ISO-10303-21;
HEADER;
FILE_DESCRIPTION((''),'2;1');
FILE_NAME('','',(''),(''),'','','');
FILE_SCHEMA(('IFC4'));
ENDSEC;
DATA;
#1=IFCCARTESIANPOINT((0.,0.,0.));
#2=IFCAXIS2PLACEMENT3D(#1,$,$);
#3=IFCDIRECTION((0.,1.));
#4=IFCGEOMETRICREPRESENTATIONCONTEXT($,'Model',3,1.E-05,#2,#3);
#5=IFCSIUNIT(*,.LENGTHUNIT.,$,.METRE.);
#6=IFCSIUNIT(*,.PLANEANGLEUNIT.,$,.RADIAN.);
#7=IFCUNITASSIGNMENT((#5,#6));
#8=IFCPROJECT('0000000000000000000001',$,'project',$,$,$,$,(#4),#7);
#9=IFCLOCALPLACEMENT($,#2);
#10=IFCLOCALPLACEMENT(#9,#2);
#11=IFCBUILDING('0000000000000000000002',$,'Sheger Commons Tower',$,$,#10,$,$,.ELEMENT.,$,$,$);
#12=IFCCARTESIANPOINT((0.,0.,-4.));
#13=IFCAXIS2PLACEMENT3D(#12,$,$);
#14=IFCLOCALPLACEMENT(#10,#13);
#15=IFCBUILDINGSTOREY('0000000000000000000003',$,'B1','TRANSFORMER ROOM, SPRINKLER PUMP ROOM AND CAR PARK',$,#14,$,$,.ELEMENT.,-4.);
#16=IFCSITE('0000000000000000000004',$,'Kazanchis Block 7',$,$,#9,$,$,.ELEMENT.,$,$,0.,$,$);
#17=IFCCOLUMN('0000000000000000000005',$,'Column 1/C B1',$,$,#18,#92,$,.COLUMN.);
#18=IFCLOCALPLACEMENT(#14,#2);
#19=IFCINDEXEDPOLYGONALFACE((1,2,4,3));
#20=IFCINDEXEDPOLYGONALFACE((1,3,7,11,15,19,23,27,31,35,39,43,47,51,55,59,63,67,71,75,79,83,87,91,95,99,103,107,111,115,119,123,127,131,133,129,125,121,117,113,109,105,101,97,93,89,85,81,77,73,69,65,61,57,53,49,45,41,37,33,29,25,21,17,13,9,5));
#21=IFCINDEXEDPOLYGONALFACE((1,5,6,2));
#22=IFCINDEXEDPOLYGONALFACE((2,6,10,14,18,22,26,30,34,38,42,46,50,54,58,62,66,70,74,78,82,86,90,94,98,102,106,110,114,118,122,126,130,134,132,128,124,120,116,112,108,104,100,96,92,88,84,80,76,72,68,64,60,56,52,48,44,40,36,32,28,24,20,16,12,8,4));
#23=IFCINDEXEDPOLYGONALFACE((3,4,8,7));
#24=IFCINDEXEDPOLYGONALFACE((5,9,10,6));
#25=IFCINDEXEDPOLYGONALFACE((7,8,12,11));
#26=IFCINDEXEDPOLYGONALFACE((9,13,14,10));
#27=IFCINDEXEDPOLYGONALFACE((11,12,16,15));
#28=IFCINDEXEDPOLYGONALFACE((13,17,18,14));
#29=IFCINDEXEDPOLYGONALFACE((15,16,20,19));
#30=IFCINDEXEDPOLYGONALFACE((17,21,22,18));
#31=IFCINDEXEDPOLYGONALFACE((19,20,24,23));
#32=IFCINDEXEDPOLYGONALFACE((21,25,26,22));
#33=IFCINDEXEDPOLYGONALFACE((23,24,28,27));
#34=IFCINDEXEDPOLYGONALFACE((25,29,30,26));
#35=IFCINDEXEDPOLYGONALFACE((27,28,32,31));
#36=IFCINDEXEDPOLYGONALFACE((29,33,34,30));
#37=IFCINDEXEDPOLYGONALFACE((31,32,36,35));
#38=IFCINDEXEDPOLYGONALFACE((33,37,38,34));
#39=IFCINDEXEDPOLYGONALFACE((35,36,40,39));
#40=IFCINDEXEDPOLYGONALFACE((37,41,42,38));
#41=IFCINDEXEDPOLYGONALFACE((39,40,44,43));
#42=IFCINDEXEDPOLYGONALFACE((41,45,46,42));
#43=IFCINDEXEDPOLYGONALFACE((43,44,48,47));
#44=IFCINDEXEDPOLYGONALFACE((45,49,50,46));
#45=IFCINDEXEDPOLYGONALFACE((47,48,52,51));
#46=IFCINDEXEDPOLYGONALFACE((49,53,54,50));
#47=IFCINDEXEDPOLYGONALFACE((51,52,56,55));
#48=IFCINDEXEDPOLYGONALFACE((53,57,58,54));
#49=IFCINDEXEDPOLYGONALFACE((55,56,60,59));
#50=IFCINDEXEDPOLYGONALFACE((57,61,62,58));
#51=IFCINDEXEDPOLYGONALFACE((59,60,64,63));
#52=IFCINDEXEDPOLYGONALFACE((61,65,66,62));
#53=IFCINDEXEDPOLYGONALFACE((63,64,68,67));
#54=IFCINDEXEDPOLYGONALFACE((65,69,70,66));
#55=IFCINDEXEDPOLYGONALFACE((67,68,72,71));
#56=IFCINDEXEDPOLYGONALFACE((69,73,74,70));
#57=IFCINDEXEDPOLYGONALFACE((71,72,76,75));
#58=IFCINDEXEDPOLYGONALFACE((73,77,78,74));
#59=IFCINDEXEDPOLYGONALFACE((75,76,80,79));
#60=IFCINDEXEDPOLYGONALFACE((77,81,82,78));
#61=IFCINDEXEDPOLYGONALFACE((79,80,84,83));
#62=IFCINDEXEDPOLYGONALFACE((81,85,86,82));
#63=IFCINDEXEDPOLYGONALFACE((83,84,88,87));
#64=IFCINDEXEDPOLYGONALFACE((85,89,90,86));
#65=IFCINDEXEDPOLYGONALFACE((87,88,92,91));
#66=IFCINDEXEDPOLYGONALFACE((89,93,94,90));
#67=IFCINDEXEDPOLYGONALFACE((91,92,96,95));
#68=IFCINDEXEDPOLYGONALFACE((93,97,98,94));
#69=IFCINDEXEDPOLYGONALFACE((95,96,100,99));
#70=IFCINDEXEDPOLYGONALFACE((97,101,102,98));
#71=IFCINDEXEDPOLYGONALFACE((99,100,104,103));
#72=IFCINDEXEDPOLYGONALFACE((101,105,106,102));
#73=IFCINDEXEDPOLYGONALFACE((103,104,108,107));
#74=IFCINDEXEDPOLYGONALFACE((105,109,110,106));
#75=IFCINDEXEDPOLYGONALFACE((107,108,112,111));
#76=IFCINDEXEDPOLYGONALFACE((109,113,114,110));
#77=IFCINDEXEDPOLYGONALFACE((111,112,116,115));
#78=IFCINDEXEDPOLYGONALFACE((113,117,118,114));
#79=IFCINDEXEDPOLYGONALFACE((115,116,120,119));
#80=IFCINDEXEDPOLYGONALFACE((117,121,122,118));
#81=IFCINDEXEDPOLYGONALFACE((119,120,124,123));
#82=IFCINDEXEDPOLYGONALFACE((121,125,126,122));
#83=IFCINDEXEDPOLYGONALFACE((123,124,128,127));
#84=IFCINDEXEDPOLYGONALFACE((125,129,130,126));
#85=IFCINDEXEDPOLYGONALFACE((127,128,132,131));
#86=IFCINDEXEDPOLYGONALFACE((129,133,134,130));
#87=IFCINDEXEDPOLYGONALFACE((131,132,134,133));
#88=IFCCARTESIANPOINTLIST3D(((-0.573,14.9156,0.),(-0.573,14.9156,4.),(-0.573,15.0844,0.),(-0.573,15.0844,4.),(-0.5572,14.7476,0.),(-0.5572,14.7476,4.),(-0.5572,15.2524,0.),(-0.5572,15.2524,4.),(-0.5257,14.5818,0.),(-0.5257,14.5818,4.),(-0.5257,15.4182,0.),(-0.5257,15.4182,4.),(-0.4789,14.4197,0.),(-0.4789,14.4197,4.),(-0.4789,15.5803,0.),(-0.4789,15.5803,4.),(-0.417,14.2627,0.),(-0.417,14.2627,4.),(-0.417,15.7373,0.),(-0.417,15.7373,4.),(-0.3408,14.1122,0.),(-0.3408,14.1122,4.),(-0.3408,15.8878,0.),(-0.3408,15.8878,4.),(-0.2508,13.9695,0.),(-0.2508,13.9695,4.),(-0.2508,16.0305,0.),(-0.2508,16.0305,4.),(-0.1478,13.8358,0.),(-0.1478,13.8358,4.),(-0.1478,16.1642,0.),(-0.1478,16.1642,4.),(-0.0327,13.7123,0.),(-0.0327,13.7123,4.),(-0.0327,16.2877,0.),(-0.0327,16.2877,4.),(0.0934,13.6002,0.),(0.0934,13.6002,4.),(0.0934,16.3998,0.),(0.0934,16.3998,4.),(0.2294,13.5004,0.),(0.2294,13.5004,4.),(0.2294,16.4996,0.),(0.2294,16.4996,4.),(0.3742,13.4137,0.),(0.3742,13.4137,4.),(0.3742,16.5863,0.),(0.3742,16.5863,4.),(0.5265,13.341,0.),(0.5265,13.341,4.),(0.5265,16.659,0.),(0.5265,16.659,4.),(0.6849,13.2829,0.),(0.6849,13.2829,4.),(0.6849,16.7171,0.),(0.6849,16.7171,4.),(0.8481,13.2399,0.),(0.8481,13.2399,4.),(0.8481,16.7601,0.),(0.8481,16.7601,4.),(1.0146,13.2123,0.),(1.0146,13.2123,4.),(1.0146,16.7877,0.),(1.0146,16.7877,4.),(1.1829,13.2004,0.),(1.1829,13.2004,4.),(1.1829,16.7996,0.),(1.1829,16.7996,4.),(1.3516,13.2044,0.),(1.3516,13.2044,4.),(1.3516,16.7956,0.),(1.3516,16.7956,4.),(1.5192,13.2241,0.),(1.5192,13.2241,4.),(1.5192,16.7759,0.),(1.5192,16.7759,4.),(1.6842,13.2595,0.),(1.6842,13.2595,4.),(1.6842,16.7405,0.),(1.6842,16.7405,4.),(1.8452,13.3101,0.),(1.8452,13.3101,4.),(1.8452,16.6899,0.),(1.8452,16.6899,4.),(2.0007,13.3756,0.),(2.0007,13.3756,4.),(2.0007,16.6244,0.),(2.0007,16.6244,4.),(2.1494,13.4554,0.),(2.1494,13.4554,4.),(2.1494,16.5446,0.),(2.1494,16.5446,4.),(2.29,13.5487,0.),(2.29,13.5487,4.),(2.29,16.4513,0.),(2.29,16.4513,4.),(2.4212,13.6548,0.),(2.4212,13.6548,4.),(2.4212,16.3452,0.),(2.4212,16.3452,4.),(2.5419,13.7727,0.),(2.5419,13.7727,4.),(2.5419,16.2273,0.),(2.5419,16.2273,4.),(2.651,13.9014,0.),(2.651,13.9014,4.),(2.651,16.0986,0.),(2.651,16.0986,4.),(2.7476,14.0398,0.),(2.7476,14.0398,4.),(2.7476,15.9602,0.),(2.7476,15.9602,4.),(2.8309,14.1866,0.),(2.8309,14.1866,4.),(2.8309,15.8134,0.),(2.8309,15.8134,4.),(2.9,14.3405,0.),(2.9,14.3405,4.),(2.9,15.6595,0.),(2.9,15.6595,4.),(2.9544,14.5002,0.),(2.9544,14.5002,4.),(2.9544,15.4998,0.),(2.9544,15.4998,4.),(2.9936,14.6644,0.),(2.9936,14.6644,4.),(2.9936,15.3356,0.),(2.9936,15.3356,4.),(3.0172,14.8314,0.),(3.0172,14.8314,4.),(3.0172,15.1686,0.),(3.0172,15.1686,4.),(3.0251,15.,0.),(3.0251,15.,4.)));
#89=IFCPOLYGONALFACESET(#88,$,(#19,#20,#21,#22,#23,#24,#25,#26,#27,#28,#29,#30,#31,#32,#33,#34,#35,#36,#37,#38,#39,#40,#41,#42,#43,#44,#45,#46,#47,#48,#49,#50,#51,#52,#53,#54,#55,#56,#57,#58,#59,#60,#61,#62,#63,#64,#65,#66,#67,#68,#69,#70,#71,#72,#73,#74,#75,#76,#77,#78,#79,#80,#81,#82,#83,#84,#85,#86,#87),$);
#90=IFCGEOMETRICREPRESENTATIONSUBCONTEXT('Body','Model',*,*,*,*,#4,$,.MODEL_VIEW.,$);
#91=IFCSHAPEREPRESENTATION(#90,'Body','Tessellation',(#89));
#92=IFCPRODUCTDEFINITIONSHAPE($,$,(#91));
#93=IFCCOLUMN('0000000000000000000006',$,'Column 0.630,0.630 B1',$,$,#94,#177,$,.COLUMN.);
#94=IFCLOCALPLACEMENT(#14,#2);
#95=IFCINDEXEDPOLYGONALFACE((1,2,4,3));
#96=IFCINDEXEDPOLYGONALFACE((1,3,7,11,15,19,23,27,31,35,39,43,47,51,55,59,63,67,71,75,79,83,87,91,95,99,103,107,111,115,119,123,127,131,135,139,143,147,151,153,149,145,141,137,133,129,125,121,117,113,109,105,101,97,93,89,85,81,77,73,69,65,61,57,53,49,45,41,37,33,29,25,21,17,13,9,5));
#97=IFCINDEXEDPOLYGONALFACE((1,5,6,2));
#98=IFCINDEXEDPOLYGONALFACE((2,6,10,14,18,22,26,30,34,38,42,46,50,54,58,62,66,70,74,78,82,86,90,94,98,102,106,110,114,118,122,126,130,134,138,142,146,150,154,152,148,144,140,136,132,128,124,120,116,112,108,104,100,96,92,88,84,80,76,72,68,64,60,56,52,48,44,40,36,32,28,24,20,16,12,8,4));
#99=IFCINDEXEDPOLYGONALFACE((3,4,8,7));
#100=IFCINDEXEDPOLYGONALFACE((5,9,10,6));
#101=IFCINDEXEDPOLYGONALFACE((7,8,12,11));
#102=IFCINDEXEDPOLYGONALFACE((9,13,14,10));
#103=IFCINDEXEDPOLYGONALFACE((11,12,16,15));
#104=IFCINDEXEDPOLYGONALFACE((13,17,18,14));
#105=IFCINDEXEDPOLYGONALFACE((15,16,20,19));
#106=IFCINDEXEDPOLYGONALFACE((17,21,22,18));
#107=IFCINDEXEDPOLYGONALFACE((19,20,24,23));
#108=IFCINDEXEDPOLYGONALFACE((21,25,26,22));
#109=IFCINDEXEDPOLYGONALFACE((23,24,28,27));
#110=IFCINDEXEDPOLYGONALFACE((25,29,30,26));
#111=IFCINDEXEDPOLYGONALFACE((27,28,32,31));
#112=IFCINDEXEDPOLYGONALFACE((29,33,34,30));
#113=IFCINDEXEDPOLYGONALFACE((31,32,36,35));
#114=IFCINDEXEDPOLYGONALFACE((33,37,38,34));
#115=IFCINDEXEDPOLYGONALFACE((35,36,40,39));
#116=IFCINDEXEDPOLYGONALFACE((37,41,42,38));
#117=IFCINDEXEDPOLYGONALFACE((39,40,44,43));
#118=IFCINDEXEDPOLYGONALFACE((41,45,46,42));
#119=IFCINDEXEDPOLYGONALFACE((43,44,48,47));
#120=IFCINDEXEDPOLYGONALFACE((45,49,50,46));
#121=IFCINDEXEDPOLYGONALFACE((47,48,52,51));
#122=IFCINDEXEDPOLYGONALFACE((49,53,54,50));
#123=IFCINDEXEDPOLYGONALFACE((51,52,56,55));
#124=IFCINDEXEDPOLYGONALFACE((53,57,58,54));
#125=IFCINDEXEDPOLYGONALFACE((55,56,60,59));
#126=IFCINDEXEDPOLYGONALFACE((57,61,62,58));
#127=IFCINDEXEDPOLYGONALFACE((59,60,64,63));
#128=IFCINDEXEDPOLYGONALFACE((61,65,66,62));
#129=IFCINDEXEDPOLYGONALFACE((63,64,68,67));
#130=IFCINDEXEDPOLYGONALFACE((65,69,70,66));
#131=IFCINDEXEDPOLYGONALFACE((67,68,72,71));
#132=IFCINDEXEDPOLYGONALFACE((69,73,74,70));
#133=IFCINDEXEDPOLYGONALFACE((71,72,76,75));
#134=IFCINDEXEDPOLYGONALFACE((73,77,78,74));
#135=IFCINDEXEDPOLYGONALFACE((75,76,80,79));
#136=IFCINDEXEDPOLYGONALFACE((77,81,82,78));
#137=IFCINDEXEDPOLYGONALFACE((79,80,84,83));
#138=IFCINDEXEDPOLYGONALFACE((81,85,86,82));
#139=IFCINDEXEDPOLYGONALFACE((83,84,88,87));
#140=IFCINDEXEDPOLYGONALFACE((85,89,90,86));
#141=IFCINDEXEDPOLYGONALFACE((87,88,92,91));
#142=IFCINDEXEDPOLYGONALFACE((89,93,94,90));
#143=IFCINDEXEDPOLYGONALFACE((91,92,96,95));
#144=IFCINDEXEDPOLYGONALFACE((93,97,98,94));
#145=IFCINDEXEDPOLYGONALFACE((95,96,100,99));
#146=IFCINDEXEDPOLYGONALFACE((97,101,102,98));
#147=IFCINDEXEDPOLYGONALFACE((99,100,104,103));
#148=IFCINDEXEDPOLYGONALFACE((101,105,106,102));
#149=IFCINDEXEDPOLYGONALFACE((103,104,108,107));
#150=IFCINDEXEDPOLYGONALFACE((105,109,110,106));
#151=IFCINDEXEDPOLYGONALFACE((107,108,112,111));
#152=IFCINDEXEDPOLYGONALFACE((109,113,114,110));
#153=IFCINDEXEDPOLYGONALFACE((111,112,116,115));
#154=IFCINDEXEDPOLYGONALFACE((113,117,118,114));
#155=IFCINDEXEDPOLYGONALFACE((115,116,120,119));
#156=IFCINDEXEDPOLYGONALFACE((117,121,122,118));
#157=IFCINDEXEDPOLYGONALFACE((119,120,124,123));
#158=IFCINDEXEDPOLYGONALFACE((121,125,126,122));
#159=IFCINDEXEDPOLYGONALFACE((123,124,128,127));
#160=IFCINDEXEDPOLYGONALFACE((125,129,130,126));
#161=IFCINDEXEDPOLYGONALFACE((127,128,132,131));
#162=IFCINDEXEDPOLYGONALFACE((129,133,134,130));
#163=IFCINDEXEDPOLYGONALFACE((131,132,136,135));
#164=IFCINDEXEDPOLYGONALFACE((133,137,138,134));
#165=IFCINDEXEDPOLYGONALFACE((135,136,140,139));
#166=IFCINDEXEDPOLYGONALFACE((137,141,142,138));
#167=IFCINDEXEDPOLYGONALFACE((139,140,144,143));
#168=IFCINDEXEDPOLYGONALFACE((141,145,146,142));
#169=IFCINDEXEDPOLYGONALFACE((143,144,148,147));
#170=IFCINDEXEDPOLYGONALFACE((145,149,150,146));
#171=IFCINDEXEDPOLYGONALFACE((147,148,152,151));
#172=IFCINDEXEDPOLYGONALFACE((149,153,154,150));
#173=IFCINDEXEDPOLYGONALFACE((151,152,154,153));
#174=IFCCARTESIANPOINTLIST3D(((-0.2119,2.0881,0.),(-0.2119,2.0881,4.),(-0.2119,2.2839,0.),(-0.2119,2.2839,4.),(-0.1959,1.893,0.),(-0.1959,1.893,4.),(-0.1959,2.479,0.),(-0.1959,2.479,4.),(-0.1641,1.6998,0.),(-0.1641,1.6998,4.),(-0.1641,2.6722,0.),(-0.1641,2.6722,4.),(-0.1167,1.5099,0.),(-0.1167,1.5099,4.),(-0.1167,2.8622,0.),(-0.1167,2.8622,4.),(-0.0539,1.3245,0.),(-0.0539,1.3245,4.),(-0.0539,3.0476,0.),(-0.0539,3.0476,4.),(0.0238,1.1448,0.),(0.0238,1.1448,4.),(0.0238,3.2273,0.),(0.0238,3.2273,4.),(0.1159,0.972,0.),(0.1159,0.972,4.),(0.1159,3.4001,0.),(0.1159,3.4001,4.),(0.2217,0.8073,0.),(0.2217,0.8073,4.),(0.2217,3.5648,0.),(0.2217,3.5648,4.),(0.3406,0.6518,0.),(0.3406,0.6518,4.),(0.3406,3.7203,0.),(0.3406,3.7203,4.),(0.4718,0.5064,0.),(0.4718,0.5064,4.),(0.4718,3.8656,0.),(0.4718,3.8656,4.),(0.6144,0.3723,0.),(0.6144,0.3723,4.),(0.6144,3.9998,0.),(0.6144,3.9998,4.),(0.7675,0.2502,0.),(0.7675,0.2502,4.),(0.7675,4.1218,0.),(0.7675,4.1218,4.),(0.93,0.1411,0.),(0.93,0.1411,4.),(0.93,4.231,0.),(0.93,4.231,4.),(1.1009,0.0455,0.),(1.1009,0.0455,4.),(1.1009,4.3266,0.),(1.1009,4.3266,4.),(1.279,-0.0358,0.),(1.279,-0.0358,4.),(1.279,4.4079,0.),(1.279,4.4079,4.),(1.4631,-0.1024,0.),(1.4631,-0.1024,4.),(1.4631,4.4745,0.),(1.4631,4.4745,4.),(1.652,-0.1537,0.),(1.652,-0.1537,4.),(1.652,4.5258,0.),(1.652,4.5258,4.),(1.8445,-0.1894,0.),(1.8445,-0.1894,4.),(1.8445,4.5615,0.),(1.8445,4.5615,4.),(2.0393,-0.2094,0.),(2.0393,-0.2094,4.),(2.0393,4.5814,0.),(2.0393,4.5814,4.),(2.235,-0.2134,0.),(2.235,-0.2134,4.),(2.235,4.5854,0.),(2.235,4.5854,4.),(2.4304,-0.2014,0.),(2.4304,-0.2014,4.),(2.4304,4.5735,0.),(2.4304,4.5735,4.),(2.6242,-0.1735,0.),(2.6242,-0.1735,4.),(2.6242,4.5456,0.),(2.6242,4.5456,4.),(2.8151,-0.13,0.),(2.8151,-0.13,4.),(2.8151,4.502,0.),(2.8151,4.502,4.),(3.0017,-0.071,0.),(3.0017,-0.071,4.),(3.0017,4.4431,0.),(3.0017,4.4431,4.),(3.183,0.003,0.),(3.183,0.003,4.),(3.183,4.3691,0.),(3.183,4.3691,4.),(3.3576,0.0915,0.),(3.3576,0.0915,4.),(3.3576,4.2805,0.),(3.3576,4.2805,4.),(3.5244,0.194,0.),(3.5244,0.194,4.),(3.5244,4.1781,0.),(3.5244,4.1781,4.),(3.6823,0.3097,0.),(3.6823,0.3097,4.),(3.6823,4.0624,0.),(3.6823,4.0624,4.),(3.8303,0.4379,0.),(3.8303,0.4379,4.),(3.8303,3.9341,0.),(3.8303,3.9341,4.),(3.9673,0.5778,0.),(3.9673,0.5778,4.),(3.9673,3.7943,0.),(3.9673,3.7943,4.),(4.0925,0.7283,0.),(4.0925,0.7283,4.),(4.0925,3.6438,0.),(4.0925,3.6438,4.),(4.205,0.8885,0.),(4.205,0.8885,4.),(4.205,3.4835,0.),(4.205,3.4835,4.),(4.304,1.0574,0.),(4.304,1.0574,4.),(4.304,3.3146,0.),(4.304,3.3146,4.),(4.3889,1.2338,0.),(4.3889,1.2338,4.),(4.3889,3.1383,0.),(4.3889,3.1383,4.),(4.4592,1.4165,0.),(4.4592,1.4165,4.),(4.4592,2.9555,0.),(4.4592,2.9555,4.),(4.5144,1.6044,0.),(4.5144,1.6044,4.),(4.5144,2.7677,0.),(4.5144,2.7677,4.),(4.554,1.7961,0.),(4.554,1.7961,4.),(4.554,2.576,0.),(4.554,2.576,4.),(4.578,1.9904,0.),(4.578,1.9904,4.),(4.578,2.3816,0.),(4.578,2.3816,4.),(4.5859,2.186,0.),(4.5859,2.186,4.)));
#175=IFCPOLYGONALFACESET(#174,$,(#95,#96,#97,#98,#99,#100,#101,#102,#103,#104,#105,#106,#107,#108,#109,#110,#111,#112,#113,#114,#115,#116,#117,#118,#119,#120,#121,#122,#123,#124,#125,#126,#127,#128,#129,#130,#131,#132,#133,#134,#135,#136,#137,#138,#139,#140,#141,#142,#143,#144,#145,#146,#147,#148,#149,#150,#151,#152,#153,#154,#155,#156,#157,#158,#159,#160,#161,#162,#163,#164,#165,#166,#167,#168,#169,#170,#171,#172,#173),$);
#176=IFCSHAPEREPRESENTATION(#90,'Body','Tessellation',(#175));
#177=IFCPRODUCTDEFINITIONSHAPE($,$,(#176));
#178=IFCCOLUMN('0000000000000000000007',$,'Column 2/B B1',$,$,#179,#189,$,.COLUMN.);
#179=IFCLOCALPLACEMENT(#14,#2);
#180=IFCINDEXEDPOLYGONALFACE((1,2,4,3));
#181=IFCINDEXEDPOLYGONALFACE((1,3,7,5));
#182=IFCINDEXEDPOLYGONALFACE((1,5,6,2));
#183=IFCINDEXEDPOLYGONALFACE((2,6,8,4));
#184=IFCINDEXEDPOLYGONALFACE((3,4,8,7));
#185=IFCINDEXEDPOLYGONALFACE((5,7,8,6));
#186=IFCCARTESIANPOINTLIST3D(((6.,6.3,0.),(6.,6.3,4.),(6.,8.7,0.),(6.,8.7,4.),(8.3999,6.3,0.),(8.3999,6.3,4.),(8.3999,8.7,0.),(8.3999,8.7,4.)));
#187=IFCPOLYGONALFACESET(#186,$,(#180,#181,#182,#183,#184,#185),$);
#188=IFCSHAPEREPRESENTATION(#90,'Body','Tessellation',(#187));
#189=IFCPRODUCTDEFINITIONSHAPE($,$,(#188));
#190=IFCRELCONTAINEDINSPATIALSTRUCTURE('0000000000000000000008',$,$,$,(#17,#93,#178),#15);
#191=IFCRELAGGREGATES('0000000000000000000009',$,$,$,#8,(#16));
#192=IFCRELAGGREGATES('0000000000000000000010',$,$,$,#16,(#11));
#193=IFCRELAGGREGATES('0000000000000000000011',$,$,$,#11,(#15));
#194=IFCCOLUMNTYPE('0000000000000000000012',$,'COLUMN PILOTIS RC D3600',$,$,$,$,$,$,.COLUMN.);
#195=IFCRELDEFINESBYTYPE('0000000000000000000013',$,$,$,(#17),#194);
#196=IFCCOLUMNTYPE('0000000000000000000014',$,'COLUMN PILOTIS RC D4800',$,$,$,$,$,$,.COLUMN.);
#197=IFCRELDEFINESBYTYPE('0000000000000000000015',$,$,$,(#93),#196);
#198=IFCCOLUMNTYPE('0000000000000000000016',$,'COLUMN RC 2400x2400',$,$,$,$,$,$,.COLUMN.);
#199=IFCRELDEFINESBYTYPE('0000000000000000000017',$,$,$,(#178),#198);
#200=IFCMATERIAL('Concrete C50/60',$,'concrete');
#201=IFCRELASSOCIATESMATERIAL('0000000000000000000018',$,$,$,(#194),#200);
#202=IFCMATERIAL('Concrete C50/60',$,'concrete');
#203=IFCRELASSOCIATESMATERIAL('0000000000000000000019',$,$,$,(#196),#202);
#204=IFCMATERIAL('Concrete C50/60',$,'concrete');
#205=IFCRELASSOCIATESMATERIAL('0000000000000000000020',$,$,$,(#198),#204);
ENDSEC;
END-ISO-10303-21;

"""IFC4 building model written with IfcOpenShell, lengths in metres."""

from ifc_helpers import new_model, si_unit, direction, frame, origin, origin_2d, place, context, subcontext, project, spatial, rectangle, circle, extrude, material, material_profile, profile_set, type_object, element, save


model = new_model("IFC4")

# Units and contexts
model_context = context("Model", 3, precision=1e-05, world=origin(), true_north=direction((0.0, 1.0)))
body_context = subcontext(model_context, "Body", "Model", "MODEL_VIEW")
ifc_project = project(units=[si_unit("LENGTHUNIT", "METRE"), si_unit("PLANEANGLEUNIT", "RADIAN")], contexts=[model_context])

# Site, building, storey
site_placement = place(None, origin())
site = spatial("IfcSite", under=ifc_project, at=site_placement, Name="Kazanchis Block 7", CompositionType="ELEMENT", RefElevation=0.0)
building_placement = place(site_placement, origin())
building = spatial("IfcBuilding", under=site, at=building_placement, Name="Sheger Commons Tower", CompositionType="ELEMENT")
storey_placement = place(building_placement, frame((0.0, 0.0, -4.0)))
storey = spatial("IfcBuildingStorey", under=building, at=storey_placement, Name="B1", Description="TRANSFORMER ROOM, SPRINKLER PUMP ROOM AND CAR PARK", CompositionType="ELEMENT", Elevation=-4.0)

# Columns
ifc_material_1 = material(Name="Concrete C50/60", Category="concrete")
ifc_material_profile_1 = material_profile(ifc_material_1, circle(Radius=1.8, at=origin_2d()), Name="RC D3600")
ifc_profile_set_1 = profile_set([ifc_material_profile_1], Name="Concrete C50/60")
column_type_1 = type_object("IfcColumnType", Name="COLUMN PILOTIS RC D3600", PredefinedType="COLUMN", material=ifc_profile_set_1)
column_1_placement = place(storey_placement, frame((1.2251, 15.0, 0.0), z_axis=(0.0, 0.0, 1.0), x_axis=(1.0, 0.0, 0.0)))
element("IfcColumn", 1, at=column_1_placement, inside=storey, type_object=column_type_1, Name="Column 1/C B1", PredefinedType="COLUMN", context=body_context, shape_type="SweptSolid", body=[
    extrude(circle(Radius=1.8, at=origin_2d()), origin(), (0.0, 0.0, 1.0), 4.0),
])
ifc_material_2 = material(Name="Concrete C50/60", Category="concrete")
ifc_material_profile_2 = material_profile(ifc_material_2, circle(Radius=2.3999, at=origin_2d()), Name="RC D4800")
ifc_profile_set_2 = profile_set([ifc_material_profile_2], Name="Concrete C50/60")
column_type_2 = type_object("IfcColumnType", Name="COLUMN PILOTIS RC D4800", PredefinedType="COLUMN", material=ifc_profile_set_2)
column_2_placement = place(storey_placement, frame((2.186, 2.186, 0.0), z_axis=(0.0, 0.0, 1.0), x_axis=(1.0, 0.0, 0.0)))
element("IfcColumn", 2, at=column_2_placement, inside=storey, type_object=column_type_2, Name="Column 0.630,0.630 B1", PredefinedType="COLUMN", context=body_context, shape_type="SweptSolid", body=[
    extrude(circle(Radius=2.3999, at=origin_2d()), origin(), (0.0, 0.0, 1.0), 4.0),
])
ifc_material_3 = material(Name="Concrete C50/60", Category="concrete")
ifc_material_profile_3 = material_profile(ifc_material_3, rectangle(XDim=2.3999, YDim=2.3999, at=origin_2d()), Name="RC 2400x2400")
ifc_profile_set_3 = profile_set([ifc_material_profile_3], Name="Concrete C50/60")
column_type_3 = type_object("IfcColumnType", Name="COLUMN RC 2400x2400", PredefinedType="COLUMN", material=ifc_profile_set_3)
column_3_placement = place(storey_placement, frame((7.2, 7.5, 0.0), z_axis=(0.0, 0.0, 1.0), x_axis=(1.0, 0.0, 0.0)))
element("IfcColumn", 3, at=column_3_placement, inside=storey, type_object=column_type_3, Name="Column 2/B B1", PredefinedType="COLUMN", context=body_context, shape_type="SweptSolid", body=[
    extrude(rectangle(XDim=2.3999, YDim=2.3999, at=origin_2d()), origin(), (0.0, 0.0, 1.0), 4.0),
])

save(model, "model.ifc")
